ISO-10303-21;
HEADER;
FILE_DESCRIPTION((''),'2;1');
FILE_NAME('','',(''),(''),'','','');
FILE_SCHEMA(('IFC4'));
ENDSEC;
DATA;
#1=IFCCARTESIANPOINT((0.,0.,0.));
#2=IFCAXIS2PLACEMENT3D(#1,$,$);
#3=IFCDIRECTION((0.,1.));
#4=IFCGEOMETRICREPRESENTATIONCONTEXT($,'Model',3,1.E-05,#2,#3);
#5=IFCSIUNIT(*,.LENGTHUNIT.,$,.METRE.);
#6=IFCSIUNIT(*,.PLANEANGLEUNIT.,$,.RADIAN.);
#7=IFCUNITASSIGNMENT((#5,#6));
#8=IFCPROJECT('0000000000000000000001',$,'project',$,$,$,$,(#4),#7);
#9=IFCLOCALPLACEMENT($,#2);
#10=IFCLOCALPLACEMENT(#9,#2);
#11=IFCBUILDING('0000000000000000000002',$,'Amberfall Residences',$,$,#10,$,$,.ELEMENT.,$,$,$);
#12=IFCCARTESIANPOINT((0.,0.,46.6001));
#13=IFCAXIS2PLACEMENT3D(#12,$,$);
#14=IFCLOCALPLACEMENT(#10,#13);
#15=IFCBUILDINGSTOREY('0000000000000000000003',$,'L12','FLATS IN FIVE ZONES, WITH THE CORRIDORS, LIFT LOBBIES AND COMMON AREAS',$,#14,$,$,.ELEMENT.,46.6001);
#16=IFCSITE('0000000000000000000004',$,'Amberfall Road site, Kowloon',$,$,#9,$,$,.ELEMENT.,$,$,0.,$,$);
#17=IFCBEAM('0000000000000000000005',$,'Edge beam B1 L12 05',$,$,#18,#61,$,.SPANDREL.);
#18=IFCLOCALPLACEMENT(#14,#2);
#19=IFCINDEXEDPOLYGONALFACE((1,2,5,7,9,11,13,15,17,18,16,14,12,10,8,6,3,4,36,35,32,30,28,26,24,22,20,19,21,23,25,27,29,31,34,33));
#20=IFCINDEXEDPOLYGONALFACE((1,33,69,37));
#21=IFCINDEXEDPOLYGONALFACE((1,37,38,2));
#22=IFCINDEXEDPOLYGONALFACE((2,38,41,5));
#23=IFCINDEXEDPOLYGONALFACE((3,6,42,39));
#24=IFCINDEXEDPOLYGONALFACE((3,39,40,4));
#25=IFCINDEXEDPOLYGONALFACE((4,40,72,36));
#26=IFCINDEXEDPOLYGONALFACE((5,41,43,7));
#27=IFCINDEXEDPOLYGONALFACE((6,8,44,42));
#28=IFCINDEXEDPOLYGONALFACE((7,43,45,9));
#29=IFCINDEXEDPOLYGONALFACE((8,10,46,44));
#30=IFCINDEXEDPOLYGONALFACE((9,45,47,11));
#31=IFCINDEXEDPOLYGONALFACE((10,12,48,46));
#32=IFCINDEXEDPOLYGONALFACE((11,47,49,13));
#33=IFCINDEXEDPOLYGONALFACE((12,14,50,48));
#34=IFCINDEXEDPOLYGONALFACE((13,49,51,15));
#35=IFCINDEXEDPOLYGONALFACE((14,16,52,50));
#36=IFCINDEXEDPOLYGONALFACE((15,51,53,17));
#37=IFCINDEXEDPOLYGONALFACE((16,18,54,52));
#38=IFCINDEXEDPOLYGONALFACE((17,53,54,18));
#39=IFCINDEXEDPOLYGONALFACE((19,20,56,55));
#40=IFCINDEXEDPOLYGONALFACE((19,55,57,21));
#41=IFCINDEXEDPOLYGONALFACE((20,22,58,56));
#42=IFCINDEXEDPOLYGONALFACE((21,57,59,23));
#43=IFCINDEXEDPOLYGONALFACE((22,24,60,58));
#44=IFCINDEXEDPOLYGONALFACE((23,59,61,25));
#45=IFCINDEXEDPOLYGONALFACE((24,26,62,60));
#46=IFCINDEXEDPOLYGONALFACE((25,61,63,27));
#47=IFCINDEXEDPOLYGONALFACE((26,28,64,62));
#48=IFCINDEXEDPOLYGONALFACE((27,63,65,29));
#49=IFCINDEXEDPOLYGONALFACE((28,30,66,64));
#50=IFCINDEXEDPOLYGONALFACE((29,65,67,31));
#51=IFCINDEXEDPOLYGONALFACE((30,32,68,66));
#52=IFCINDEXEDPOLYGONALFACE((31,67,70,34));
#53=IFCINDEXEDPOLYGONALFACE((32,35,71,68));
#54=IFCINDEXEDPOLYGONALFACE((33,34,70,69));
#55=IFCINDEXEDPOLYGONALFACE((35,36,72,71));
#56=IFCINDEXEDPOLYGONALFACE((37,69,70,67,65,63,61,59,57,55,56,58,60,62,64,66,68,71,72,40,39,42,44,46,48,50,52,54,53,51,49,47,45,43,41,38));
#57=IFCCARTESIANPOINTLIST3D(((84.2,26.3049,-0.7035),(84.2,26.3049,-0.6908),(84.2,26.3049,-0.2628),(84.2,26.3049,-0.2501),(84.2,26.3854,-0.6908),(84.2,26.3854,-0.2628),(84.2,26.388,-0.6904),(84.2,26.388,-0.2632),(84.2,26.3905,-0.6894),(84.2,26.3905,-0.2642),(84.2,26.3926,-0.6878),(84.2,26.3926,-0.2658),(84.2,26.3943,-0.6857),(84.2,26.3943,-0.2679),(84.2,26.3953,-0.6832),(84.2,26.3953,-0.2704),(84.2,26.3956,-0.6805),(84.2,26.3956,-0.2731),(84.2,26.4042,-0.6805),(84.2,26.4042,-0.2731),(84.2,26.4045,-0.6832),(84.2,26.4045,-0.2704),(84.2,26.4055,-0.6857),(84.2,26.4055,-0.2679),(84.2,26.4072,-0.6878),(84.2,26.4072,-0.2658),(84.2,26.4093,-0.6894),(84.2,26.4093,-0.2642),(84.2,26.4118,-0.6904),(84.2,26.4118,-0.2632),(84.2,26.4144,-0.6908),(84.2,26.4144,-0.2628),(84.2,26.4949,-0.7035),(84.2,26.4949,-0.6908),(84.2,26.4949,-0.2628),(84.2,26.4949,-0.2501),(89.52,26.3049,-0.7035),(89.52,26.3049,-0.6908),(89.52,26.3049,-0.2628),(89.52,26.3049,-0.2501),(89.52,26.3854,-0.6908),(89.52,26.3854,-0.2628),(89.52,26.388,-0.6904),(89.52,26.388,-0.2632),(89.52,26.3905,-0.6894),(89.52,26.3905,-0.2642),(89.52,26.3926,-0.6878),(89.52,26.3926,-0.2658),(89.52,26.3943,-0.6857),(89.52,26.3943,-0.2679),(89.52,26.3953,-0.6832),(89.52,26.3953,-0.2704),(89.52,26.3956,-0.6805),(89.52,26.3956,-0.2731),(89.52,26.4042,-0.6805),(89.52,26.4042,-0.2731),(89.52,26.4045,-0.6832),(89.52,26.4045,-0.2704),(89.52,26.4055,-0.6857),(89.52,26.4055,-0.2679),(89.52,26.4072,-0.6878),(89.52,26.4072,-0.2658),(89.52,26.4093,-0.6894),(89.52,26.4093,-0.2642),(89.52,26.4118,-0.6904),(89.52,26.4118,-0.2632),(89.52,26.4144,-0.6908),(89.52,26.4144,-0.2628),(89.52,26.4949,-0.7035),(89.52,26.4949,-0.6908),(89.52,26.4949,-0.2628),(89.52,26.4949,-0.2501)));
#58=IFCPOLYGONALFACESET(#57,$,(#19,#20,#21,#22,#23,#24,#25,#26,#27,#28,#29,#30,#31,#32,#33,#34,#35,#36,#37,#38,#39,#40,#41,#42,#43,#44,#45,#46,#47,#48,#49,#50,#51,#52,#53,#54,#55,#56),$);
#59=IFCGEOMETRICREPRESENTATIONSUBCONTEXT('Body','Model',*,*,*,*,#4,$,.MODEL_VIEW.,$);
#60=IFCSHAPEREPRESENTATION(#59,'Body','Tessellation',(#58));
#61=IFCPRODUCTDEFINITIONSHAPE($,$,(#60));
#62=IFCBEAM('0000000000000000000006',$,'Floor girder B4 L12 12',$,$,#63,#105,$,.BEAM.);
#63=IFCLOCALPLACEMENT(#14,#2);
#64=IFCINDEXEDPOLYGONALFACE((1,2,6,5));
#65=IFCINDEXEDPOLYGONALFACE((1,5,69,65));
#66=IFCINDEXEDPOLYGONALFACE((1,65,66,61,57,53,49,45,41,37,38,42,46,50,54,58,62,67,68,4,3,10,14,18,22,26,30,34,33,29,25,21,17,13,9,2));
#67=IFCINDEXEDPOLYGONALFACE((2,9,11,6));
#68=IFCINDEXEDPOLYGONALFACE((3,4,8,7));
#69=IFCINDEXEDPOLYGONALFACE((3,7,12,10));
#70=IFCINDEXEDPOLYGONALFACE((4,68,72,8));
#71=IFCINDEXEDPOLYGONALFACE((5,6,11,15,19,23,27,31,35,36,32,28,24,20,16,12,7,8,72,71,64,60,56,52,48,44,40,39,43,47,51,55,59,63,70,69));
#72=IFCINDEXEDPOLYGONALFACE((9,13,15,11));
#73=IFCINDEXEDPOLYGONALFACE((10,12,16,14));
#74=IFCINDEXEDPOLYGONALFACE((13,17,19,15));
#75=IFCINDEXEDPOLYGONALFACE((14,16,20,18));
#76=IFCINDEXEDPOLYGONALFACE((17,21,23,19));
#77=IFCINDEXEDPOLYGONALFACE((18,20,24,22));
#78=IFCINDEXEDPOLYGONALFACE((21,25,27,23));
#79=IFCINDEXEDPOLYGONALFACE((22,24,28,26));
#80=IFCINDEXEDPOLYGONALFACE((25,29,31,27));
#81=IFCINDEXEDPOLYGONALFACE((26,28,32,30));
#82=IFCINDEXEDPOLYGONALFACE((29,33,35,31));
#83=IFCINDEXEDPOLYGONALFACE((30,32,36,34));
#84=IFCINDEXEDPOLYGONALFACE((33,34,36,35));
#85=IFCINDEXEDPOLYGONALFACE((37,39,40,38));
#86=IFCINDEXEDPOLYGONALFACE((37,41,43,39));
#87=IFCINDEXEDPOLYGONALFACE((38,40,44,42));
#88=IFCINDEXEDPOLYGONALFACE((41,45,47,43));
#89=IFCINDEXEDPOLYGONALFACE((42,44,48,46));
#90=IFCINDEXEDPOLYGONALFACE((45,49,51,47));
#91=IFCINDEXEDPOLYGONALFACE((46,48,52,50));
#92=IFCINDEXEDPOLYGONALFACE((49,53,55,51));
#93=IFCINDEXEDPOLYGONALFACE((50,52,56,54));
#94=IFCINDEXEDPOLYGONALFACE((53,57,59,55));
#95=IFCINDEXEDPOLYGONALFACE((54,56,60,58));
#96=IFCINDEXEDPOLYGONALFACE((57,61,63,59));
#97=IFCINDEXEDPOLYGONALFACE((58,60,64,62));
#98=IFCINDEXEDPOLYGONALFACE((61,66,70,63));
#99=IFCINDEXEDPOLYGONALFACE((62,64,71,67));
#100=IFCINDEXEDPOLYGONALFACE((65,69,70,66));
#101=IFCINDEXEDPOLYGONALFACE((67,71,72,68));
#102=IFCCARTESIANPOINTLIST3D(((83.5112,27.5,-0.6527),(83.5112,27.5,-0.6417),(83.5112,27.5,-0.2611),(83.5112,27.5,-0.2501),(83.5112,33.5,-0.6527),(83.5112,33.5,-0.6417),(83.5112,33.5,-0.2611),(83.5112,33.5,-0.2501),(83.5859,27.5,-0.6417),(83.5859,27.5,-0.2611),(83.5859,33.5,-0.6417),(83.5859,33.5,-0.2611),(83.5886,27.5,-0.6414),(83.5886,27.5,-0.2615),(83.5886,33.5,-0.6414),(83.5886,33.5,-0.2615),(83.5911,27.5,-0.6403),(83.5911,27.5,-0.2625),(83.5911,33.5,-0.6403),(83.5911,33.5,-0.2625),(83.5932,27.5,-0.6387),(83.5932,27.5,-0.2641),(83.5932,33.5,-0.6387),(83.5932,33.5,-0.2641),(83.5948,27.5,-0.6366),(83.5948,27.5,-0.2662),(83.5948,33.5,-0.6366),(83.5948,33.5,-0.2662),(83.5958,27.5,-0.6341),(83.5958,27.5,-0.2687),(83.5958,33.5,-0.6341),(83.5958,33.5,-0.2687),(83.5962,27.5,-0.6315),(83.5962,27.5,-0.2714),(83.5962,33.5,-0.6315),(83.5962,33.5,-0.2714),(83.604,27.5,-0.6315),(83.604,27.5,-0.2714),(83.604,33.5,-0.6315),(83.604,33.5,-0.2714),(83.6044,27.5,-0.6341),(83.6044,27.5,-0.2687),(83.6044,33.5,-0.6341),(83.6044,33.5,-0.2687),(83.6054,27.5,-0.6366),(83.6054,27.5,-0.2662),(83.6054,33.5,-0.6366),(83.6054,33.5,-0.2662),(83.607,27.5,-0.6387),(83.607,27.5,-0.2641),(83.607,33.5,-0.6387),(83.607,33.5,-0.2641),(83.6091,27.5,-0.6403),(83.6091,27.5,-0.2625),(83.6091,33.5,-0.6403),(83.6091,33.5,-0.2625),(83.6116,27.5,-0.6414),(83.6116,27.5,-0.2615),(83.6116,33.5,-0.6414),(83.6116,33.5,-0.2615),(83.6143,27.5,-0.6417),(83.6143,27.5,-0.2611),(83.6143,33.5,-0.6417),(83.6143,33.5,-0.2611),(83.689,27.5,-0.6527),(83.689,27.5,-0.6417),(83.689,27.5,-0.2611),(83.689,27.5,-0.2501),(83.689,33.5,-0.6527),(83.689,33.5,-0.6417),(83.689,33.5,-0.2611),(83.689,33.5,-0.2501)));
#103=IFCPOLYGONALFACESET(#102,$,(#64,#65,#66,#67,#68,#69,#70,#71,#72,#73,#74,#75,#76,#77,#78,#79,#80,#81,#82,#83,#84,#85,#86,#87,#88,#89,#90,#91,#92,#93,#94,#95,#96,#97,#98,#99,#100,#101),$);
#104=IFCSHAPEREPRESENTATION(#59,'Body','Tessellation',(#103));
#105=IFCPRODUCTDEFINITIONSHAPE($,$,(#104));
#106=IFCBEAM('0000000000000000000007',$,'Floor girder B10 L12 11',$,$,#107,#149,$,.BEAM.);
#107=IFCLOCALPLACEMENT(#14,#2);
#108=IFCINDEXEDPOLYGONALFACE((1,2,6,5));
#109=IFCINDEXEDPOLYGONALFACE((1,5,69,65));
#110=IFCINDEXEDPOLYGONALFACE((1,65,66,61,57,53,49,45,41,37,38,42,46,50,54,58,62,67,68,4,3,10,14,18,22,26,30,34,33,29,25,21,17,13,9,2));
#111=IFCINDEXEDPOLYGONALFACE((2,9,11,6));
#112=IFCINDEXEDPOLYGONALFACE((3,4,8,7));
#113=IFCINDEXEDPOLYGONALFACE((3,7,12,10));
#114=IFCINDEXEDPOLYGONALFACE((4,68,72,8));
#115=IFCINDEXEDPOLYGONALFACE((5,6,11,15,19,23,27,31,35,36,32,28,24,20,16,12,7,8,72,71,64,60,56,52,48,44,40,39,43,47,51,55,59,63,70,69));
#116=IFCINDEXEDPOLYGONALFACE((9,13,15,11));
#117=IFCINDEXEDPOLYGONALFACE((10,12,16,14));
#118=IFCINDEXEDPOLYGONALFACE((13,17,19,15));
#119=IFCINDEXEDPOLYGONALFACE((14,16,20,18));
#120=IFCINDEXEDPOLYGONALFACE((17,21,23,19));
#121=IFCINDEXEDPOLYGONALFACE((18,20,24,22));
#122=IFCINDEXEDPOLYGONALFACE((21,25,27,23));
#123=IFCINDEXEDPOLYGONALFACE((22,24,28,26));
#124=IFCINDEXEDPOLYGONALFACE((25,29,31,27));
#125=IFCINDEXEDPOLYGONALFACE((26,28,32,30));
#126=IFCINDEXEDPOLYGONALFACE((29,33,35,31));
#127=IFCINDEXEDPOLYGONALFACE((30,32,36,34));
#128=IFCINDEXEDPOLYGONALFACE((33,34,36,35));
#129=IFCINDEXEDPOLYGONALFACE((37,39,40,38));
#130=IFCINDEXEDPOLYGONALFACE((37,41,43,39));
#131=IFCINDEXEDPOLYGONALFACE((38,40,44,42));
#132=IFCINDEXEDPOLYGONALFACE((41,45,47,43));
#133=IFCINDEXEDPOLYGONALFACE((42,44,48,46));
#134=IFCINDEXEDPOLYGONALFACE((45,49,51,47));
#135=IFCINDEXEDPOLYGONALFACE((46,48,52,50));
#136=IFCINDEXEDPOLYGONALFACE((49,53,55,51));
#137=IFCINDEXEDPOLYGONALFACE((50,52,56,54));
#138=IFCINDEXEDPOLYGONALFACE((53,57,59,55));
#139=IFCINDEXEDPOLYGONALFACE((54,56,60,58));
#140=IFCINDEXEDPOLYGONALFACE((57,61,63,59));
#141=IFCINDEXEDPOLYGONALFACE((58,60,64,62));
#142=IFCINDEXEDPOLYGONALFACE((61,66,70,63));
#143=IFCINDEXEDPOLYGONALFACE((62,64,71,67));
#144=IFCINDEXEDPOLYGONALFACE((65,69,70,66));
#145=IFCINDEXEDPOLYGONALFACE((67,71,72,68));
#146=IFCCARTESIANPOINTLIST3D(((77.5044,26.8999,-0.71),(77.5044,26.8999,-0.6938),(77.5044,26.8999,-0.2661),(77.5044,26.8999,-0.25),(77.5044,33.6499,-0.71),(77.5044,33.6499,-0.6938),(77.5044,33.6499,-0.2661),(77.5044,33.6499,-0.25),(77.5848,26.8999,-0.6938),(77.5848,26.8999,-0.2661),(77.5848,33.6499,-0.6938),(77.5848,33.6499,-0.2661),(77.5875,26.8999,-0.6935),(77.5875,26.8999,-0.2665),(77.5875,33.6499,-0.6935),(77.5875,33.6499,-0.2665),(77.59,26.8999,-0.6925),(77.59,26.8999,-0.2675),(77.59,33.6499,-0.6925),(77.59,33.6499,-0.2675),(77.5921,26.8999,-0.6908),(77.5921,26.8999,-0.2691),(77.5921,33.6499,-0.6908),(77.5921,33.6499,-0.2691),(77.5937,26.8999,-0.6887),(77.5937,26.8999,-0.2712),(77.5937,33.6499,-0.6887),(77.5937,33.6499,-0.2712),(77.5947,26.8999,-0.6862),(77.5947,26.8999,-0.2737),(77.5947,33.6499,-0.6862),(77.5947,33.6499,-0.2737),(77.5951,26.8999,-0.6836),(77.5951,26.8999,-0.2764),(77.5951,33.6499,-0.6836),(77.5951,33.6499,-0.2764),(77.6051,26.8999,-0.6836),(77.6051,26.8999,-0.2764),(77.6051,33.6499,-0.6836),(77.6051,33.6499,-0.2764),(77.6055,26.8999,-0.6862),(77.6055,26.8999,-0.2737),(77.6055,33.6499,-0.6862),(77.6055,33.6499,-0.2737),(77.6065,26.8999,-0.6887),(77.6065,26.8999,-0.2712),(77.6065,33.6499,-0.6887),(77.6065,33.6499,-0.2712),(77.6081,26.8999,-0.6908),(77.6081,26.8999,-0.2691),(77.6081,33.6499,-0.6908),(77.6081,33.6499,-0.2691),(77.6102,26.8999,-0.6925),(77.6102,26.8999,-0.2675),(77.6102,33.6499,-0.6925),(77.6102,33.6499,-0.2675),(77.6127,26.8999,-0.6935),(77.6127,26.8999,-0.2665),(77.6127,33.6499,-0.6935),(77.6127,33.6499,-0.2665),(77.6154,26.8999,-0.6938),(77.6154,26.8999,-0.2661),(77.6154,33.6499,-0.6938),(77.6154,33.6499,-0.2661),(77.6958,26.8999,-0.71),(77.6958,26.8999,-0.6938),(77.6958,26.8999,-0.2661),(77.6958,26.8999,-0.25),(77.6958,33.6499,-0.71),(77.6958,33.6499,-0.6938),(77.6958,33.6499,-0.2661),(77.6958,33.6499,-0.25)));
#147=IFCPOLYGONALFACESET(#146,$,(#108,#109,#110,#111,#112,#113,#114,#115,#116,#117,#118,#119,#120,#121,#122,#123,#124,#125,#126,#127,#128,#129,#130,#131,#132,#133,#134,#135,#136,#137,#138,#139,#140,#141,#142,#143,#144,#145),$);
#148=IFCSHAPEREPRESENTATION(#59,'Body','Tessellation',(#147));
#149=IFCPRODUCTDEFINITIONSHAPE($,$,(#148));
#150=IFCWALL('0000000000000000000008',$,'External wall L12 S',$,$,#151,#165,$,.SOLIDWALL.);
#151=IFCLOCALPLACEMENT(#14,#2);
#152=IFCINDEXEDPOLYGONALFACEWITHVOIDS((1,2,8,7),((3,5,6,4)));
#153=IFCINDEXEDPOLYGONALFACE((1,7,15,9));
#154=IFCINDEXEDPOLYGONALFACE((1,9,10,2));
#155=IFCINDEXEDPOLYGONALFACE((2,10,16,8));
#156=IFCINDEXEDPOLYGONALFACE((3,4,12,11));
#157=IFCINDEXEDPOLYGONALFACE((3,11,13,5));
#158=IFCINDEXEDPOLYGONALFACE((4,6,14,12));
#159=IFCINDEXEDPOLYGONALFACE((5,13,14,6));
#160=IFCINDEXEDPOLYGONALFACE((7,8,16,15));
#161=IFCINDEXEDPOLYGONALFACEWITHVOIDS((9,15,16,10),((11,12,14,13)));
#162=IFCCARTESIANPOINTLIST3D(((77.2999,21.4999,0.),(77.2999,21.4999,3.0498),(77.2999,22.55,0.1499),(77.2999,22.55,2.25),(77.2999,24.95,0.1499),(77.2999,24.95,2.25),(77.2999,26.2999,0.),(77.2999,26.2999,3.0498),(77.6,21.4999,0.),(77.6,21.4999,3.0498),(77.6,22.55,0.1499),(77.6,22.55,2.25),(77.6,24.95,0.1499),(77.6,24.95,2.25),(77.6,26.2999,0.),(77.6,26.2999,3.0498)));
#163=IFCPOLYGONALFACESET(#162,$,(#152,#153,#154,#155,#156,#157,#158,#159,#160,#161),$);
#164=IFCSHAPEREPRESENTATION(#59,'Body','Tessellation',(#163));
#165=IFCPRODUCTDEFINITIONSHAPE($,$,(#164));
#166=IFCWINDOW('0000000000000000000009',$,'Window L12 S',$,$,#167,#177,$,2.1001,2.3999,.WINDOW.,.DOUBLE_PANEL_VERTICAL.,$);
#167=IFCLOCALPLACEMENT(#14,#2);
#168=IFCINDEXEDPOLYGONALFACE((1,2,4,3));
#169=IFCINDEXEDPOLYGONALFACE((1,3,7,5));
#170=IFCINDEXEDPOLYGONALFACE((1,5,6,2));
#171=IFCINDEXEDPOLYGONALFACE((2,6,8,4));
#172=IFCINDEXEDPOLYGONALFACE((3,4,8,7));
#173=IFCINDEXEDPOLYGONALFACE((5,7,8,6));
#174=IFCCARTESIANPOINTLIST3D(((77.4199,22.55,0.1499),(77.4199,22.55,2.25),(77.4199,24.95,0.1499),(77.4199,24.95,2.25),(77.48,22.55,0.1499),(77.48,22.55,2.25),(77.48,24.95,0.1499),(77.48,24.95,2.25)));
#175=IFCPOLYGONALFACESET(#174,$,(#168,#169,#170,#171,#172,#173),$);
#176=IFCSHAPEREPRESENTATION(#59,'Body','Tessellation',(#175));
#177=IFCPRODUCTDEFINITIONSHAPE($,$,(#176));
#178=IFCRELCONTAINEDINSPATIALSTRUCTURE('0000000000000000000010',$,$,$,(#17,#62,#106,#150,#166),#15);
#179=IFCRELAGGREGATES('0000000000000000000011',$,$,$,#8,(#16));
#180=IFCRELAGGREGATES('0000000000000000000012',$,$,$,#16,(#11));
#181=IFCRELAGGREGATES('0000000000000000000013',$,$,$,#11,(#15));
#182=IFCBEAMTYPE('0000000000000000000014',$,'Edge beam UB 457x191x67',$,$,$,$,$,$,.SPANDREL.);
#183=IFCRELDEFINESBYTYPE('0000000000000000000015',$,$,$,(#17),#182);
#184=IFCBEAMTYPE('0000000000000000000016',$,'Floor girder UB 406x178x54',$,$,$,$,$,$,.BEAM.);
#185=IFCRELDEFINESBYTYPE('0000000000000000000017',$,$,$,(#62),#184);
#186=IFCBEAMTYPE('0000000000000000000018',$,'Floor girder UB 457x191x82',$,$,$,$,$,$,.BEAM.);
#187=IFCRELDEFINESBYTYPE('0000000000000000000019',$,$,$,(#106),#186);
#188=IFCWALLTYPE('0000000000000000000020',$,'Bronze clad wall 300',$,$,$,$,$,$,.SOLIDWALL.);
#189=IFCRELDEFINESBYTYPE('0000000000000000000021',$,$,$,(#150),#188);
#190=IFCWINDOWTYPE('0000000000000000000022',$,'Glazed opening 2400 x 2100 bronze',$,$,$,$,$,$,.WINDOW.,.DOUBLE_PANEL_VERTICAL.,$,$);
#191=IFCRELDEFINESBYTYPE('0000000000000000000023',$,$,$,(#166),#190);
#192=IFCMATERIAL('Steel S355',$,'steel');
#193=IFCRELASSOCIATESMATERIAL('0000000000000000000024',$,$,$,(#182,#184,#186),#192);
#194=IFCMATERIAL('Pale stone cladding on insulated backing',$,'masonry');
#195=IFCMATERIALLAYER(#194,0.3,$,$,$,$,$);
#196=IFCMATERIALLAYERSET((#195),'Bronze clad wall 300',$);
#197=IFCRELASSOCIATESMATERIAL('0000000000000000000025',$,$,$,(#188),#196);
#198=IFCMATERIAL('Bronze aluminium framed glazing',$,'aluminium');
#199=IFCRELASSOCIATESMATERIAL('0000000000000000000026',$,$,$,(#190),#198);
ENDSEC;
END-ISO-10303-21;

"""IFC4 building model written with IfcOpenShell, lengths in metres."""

from ifc_helpers import new_model, si_unit, direction, frame, frame_2d, origin, origin_2d, place, context, subcontext, project, spatial, rectangle, i_section, extrude, material, layer, layer_set, material_profile, profile_set, type_object, element, fill, save


model = new_model("IFC4")

# Units and contexts
model_context = context("Model", 3, precision=1e-05, world=origin(), true_north=direction((0.0, 1.0)))
body_context = subcontext(model_context, "Body", "Model", "MODEL_VIEW")
ifc_project = project(units=[si_unit("LENGTHUNIT", "METRE"), si_unit("PLANEANGLEUNIT", "RADIAN")], contexts=[model_context])

# Site, building, storey
site_placement = place(None, origin())
site = spatial("IfcSite", under=ifc_project, at=site_placement, Name="Amberfall Road site, Kowloon", CompositionType="ELEMENT", RefElevation=0.0)
building_placement = place(site_placement, origin())
building = spatial("IfcBuilding", under=site, at=building_placement, Name="Amberfall Residences", CompositionType="ELEMENT")
storey_placement = place(building_placement, frame((0.0, 0.0, 46.6001)))
storey = spatial("IfcBuildingStorey", under=building, at=storey_placement, Name="L12", Description="FLATS IN FIVE ZONES, WITH THE CORRIDORS, LIFT LOBBIES AND COMMON AREAS", CompositionType="ELEMENT", Elevation=46.6001)

# Beams
ifc_material_1 = material(Name="Steel S355", Category="steel")
ifc_material_profile_1 = material_profile(ifc_material_1, i_section(OverallWidth=0.1899, OverallDepth=0.4534, WebThickness=0.0085, FlangeThickness=0.0127, FilletRadius=0.0103, at=origin_2d()), Name="UB 457x191x67")
ifc_profile_set_1 = profile_set([ifc_material_profile_1], Name="Steel S355")
beam_type_1 = type_object("IfcBeamType", Name="Edge beam UB 457x191x67", PredefinedType="SPANDREL", material=ifc_profile_set_1)
beam_1_placement = place(storey_placement, frame((84.2, 26.3999, -0.4768), z_axis=(1.0, 0.0, 0.0), x_axis=(0.0, 1.0, 0.0)))
element("IfcBeam", 1, at=beam_1_placement, inside=storey, type_object=beam_type_1, Name="Edge beam B1 L12 05", PredefinedType="SPANDREL", context=body_context, shape_type="SweptSolid", body=[
    extrude(i_section(OverallWidth=0.1899, OverallDepth=0.4534, WebThickness=0.0085, FlangeThickness=0.0127, FilletRadius=0.0103, at=origin_2d()), origin(), (0.0, 0.0, 1.0), 5.3201),
])
ifc_material_profile_2 = material_profile(ifc_material_1, i_section(OverallWidth=0.1777, OverallDepth=0.4026, WebThickness=0.0078, FlangeThickness=0.011, FilletRadius=0.0103, at=origin_2d()), Name="UB 406x178x54")
ifc_profile_set_2 = profile_set([ifc_material_profile_2], Name="Steel S355")
beam_type_2 = type_object("IfcBeamType", Name="Floor girder UB 406x178x54", PredefinedType="BEAM", material=ifc_profile_set_2)
beam_2_placement = place(storey_placement, frame((83.6001, 27.5, -0.4514), z_axis=(0.0, 1.0, 0.0), x_axis=(-1.0, 0.0, 0.0)))
element("IfcBeam", 2, at=beam_2_placement, inside=storey, type_object=beam_type_2, Name="Floor girder B4 L12 12", PredefinedType="BEAM", context=body_context, shape_type="SweptSolid", body=[
    extrude(i_section(OverallWidth=0.1777, OverallDepth=0.4026, WebThickness=0.0078, FlangeThickness=0.011, FilletRadius=0.0103, at=origin_2d()), origin(), (0.0, 0.0, 1.0), 6.0),
])
ifc_material_profile_3 = material_profile(ifc_material_1, i_section(OverallWidth=0.1914, OverallDepth=0.46, WebThickness=0.01, FlangeThickness=0.0161, FilletRadius=0.0103, at=origin_2d()), Name="UB 457x191x82")
ifc_profile_set_3 = profile_set([ifc_material_profile_3], Name="Steel S355")
beam_type_3 = type_object("IfcBeamType", Name="Floor girder UB 457x191x82", PredefinedType="BEAM", material=ifc_profile_set_3)
beam_3_placement = place(storey_placement, frame((77.6001, 26.8999, -0.48), z_axis=(0.0, 1.0, 0.0), x_axis=(-1.0, 0.0, 0.0)))
element("IfcBeam", 3, at=beam_3_placement, inside=storey, type_object=beam_type_3, Name="Floor girder B10 L12 11", PredefinedType="BEAM", context=body_context, shape_type="SweptSolid", body=[
    extrude(i_section(OverallWidth=0.1914, OverallDepth=0.46, WebThickness=0.01, FlangeThickness=0.0161, FilletRadius=0.0103, at=origin_2d()), origin(), (0.0, 0.0, 1.0), 6.75),
])

# Wall, opening, window
ifc_material_2 = material(Name="Pale stone cladding on insulated backing", Category="masonry")
ifc_layer_1 = layer(ifc_material_2, 0.3)
ifc_layer_set_1 = layer_set([ifc_layer_1], Name="Bronze clad wall 300")
wall_type_1 = type_object("IfcWallType", Name="Bronze clad wall 300", PredefinedType="SOLIDWALL", material=ifc_layer_set_1)
wall_1_placement = place(storey_placement, frame((77.45, 21.5, 0.0), z_axis=(0.0, 0.0, 1.0), x_axis=(0.0, 1.0, 0.0)))
wall_1 = element("IfcWall", 4, at=wall_1_placement, inside=storey, type_object=wall_type_1, Name="External wall L12 S", PredefinedType="SOLIDWALL", context=body_context, shape_type="SweptSolid", body=[
    extrude(rectangle(XDim=4.8, YDim=0.3, at=frame_2d((2.3999, 0.0))), origin(), (0.0, 0.0, 1.0), 3.0498),
])
opening_1_placement = place(wall_1_placement, frame((1.05, 0.0, 0.1499)))
opening_1 = element("IfcOpeningElement", 5, at=opening_1_placement, cuts=wall_1, PredefinedType="OPENING", context=body_context, shape_type="SweptSolid", body=[
    extrude(rectangle(XDim=2.3999, YDim=2.1001, at=frame_2d((1.2, 1.05))), frame((0.0, 0.1599, 0.0), z_axis=(0.0, -1.0, 0.0), x_axis=(1.0, 0.0, 0.0)), (0.0, 0.0, 1.0), 0.3201),
])
ifc_material_3 = material(Name="Bronze aluminium framed glazing", Category="aluminium")
window_type_1 = type_object("IfcWindowType", Name="Glazed opening 2400 x 2100 bronze", PartitioningType="DOUBLE_PANEL_VERTICAL", PredefinedType="WINDOW", material=ifc_material_3)
window_1_placement = place(opening_1_placement, origin())
window_1 = element("IfcWindow", 6, at=window_1_placement, inside=storey, type_object=window_type_1, Name="Window L12 S", OverallHeight=2.1001, OverallWidth=2.3999, PartitioningType="DOUBLE_PANEL_VERTICAL", PredefinedType="WINDOW", context=body_context, shape_type="SweptSolid", body=[
    extrude(rectangle(XDim=2.3999, YDim=2.1001, at=frame_2d((1.2, 1.05))), frame((0.0, 0.03, 0.0), z_axis=(0.0, -1.0, 0.0), x_axis=(1.0, 0.0, 0.0)), (0.0, 0.0, 1.0), 0.0601),
])
fill(opening_1, window_1)

save(model, "model.ifc")
